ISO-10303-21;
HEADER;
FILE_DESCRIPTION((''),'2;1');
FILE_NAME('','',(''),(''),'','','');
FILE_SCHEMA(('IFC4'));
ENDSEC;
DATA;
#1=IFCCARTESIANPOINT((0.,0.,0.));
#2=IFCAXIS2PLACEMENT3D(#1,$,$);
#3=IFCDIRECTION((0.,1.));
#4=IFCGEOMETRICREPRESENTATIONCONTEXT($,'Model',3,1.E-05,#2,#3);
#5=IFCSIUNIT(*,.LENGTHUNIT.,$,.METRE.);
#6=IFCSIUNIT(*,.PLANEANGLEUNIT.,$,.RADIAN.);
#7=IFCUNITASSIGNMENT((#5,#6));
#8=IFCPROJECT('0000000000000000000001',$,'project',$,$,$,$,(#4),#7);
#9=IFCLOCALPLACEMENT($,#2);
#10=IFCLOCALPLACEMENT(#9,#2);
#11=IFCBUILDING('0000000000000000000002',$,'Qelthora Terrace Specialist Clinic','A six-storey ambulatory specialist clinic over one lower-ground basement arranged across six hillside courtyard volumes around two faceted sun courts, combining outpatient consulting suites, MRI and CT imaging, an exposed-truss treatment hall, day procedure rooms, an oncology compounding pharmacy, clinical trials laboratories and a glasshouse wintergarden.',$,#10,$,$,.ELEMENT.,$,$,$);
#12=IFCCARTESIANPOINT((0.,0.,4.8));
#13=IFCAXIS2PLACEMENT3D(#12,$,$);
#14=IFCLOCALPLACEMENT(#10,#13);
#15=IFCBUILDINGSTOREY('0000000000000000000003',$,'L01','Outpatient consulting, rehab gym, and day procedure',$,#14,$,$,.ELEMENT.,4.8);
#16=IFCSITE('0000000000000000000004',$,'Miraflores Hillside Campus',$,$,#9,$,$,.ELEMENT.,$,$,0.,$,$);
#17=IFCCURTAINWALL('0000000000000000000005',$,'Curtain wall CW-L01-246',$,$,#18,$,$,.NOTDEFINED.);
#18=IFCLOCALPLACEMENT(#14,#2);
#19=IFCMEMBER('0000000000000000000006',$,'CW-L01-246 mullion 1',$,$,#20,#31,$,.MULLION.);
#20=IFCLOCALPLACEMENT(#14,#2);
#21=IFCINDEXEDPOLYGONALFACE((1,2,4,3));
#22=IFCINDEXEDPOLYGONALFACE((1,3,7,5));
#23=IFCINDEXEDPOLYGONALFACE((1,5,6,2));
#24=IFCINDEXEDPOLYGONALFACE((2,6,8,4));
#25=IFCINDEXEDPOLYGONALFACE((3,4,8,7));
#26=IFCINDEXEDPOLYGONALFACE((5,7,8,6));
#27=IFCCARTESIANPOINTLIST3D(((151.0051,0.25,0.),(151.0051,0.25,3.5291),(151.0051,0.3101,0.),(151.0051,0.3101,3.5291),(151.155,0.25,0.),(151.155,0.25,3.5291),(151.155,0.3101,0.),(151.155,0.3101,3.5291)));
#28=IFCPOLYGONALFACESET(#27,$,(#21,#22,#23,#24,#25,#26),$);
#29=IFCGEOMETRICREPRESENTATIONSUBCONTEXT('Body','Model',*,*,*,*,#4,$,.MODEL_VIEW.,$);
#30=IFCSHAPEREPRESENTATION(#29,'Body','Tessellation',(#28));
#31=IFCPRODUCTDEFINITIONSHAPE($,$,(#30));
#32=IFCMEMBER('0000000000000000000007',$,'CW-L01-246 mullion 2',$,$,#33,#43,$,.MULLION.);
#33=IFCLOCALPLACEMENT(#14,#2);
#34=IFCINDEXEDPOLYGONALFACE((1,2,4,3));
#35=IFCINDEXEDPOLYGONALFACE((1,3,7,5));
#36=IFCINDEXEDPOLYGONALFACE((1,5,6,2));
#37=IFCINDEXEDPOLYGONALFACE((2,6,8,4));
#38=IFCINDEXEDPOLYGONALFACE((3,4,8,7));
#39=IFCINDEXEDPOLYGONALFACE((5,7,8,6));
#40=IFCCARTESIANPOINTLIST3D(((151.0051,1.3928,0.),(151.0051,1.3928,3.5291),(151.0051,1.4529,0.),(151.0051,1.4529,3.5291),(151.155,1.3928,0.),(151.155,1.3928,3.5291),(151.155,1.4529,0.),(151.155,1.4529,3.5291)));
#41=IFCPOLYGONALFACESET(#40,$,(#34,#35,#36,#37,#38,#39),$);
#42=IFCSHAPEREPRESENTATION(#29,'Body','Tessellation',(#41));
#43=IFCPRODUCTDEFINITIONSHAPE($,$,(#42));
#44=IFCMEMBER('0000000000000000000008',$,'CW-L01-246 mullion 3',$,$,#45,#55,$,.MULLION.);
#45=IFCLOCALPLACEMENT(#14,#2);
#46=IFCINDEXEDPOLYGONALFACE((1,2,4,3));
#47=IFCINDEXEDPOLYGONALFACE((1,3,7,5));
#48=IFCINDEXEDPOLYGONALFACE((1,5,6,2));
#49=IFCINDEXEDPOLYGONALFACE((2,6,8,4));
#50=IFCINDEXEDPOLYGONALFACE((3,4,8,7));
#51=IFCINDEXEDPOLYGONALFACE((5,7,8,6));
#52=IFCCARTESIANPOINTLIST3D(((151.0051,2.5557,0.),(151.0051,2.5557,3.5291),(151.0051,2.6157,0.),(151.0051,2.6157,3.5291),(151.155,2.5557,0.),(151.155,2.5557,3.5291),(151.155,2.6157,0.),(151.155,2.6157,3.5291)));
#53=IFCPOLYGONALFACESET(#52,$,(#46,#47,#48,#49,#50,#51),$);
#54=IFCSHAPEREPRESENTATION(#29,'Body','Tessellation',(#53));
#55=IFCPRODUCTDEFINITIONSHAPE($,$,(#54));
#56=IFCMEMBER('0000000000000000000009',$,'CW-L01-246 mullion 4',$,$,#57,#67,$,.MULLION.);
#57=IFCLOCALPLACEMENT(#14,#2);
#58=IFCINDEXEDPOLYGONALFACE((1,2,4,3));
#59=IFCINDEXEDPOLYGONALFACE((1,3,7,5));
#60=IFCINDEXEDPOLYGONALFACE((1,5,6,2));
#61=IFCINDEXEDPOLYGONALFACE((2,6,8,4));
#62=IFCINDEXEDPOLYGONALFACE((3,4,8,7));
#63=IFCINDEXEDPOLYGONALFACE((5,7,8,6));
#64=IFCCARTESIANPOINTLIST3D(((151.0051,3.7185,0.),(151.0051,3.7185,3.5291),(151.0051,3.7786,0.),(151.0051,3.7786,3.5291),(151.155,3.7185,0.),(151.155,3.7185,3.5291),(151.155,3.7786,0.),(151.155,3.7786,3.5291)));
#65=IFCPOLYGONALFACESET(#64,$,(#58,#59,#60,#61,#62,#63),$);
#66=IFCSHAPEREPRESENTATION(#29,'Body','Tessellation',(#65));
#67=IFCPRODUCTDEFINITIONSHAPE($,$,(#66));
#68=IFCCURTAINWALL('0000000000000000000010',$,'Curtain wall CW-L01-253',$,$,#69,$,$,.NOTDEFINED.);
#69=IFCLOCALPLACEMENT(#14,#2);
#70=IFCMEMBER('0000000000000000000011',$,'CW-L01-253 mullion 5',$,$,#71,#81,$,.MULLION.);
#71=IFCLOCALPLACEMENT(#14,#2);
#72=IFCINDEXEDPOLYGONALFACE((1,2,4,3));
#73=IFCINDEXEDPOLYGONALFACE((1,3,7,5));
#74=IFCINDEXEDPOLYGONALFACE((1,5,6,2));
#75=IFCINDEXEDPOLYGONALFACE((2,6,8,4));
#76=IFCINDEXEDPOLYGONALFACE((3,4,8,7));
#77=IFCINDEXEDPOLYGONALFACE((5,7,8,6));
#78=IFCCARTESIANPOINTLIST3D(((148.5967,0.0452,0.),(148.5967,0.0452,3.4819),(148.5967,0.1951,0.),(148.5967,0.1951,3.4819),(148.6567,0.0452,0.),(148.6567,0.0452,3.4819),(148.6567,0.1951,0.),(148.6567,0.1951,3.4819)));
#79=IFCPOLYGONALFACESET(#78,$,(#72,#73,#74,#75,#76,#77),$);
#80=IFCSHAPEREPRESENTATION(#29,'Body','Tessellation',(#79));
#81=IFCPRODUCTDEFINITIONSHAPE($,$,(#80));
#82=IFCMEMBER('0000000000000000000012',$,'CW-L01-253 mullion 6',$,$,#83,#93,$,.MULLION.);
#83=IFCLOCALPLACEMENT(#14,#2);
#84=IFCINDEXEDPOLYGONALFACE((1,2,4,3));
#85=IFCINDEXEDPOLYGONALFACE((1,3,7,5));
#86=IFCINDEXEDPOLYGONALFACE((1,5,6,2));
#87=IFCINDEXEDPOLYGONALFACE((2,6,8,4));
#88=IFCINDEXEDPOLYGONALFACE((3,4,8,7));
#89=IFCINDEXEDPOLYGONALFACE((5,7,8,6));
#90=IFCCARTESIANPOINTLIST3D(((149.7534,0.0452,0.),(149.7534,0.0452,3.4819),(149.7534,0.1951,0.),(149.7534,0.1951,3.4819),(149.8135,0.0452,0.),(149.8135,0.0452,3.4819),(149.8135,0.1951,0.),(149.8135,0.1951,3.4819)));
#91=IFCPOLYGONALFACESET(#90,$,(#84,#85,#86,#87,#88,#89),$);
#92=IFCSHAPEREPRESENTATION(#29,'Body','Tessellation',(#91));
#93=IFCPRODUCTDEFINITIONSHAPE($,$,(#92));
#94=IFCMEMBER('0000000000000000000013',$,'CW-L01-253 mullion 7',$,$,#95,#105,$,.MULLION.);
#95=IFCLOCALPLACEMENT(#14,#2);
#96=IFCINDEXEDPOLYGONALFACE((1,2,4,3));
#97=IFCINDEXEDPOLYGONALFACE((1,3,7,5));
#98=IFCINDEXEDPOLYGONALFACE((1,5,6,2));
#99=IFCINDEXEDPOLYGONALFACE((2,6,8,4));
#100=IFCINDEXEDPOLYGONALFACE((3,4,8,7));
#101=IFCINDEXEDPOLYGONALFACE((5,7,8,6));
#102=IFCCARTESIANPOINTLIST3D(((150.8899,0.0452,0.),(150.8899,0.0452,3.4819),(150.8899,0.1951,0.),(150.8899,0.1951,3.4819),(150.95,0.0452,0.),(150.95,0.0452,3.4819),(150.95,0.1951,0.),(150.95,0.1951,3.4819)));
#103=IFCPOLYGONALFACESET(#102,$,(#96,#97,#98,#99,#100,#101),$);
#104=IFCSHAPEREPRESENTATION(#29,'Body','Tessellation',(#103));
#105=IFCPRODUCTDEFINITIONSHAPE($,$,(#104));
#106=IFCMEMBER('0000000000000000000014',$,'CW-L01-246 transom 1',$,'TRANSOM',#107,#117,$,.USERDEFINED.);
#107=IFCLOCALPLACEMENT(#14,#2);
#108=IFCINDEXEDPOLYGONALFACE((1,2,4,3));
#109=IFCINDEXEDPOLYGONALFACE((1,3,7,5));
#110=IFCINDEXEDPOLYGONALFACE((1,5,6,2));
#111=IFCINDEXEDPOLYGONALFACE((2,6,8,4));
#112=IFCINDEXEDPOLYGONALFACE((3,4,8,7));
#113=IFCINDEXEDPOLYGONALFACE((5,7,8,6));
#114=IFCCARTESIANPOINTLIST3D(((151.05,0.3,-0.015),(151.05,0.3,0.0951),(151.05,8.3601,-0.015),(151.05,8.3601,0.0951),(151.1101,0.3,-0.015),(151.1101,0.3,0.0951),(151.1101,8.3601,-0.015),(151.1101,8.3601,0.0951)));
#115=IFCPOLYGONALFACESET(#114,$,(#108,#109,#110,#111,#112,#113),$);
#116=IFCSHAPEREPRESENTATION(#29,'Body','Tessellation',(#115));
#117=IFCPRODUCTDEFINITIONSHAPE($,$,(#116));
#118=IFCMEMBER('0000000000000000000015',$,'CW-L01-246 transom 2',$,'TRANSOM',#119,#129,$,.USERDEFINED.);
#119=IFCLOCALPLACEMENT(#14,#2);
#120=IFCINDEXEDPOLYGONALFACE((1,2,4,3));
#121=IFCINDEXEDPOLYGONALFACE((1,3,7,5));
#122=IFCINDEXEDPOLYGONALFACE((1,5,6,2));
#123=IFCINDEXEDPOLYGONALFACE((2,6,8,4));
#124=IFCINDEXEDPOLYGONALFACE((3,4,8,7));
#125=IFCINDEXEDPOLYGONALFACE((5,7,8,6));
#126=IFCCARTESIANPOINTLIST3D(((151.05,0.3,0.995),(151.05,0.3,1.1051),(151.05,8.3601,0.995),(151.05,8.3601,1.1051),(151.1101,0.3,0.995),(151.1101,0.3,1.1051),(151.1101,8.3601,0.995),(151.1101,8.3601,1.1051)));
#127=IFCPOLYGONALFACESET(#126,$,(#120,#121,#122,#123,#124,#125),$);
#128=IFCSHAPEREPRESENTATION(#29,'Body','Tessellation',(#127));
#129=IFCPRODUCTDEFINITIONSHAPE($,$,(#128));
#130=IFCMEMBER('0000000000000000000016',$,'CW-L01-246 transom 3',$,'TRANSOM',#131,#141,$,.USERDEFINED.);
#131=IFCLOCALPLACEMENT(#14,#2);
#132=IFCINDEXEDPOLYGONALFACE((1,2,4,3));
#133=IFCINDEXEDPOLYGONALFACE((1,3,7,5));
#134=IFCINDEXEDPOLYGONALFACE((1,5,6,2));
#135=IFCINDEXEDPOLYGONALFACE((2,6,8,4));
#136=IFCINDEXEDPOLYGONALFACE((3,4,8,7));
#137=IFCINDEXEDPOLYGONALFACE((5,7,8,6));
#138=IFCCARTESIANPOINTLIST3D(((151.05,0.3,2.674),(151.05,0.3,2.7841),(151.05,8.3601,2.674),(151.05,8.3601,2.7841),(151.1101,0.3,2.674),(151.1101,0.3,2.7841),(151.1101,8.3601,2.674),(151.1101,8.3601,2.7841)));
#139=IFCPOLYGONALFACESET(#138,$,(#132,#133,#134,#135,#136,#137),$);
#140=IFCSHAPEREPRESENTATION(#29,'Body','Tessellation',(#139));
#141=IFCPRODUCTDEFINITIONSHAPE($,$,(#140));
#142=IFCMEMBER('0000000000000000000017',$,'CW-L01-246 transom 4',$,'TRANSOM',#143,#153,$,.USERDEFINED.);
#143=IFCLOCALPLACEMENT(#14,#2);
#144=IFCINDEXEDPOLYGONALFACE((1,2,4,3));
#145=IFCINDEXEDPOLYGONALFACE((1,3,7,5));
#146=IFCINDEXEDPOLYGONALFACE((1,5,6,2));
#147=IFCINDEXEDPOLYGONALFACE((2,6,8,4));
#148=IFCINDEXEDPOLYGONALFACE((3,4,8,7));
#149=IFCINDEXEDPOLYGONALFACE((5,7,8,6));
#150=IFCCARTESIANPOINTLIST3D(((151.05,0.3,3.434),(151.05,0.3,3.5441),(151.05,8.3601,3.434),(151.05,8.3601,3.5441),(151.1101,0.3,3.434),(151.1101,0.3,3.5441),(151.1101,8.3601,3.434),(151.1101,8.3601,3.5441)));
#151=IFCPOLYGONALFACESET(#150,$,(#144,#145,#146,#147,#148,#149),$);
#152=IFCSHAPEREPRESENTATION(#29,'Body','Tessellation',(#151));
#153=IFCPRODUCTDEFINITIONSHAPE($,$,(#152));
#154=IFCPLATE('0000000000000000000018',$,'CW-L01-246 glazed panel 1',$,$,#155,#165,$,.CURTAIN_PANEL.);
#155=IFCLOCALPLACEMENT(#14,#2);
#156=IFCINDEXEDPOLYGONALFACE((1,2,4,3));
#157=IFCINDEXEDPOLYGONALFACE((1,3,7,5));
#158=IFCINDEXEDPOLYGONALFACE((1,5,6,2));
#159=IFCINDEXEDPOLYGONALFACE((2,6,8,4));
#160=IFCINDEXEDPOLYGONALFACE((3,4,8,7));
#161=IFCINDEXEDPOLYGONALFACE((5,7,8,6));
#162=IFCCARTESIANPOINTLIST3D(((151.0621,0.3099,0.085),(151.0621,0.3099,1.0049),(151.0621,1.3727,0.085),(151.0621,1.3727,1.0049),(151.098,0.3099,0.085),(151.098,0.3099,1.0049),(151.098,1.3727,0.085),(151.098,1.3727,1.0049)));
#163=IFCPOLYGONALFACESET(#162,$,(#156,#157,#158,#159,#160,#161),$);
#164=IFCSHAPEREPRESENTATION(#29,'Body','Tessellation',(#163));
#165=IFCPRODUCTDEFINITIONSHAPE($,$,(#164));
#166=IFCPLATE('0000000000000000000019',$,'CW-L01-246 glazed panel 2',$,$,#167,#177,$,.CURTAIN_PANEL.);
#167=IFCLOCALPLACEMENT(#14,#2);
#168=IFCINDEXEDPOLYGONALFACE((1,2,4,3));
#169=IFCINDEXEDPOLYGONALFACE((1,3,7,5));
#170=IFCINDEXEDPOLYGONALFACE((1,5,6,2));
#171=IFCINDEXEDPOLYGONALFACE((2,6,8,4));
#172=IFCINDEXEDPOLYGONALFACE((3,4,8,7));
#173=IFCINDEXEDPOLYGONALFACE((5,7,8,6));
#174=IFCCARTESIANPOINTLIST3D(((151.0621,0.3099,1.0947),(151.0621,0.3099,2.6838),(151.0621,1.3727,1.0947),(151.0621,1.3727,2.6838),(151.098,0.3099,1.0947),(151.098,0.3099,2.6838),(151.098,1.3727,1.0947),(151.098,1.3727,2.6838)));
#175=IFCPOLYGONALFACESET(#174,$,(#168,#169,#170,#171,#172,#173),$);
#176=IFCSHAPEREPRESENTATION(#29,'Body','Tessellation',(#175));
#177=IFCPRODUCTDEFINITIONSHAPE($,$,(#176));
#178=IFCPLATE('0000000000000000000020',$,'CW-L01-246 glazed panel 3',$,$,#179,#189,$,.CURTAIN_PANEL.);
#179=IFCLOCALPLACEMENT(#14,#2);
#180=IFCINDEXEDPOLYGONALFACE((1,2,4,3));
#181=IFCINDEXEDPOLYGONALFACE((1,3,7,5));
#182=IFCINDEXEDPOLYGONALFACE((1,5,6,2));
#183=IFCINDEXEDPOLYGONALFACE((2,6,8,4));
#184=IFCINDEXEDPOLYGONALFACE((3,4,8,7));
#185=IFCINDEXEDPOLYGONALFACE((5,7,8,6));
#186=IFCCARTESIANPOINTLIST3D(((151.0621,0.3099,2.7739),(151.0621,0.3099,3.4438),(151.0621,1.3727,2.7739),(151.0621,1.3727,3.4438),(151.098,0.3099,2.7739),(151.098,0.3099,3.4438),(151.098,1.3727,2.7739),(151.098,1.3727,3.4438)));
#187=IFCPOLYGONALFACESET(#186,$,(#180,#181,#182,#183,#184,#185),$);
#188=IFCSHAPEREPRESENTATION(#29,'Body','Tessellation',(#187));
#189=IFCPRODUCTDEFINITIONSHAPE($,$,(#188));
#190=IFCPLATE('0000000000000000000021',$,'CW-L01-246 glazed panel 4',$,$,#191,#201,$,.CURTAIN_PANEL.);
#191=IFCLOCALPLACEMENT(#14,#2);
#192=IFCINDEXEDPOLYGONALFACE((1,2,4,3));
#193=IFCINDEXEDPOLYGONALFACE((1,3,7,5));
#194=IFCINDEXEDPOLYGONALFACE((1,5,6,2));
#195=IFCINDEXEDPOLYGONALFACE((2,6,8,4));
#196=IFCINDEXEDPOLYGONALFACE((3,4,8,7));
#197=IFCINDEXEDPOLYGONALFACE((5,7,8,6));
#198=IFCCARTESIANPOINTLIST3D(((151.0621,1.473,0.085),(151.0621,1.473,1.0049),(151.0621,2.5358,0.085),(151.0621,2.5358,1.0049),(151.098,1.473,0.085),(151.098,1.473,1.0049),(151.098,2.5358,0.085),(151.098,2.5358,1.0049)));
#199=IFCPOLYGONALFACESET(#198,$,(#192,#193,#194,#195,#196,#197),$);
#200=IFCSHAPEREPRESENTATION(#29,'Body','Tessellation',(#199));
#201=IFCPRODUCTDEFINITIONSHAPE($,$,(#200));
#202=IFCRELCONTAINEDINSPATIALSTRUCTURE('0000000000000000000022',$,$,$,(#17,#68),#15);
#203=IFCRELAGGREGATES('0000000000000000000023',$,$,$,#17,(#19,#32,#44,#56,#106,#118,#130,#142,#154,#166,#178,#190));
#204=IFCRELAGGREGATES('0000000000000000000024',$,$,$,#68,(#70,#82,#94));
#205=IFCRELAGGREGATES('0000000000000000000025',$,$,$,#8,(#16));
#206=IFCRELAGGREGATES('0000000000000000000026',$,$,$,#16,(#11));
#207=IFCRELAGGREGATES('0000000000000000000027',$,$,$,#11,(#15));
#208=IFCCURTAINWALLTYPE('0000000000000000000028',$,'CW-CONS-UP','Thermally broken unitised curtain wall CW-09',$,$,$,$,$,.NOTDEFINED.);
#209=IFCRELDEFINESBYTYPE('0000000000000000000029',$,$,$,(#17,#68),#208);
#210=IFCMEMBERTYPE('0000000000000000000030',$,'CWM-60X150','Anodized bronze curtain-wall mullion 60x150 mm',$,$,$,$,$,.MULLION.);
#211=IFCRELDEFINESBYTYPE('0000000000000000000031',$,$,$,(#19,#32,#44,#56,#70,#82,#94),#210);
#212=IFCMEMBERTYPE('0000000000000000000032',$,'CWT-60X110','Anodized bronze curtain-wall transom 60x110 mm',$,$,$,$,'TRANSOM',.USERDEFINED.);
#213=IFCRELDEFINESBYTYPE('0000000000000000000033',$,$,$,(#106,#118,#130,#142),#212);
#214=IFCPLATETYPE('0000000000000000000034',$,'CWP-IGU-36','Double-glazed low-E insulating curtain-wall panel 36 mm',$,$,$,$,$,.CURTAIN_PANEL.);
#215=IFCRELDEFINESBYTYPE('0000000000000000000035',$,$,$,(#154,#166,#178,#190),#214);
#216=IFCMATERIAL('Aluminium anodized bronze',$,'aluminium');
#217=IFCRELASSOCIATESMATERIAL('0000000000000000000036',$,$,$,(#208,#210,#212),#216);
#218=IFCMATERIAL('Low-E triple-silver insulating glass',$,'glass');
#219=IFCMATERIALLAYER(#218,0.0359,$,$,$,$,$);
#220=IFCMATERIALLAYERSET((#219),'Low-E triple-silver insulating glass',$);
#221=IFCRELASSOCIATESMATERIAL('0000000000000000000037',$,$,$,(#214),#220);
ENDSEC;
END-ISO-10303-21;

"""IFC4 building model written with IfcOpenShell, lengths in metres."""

from ifc_helpers import new_model, si_unit, direction, frame, origin, origin_2d, place, context, subcontext, project, spatial, rectangle, extrude, material, layer, layer_set, material_profile, profile_set, type_object, element, aggregate, save


model = new_model("IFC4")

# Units and contexts
model_context = context("Model", 3, precision=1e-05, world=origin(), true_north=direction((0.0, 1.0)))
body_context = subcontext(model_context, "Body", "Model", "MODEL_VIEW")
ifc_project = project(units=[si_unit("LENGTHUNIT", "METRE"), si_unit("PLANEANGLEUNIT", "RADIAN")], contexts=[model_context])

# Site, building, storey
site_placement = place(None, origin())
site = spatial("IfcSite", under=ifc_project, at=site_placement, Name="Miraflores Hillside Campus", CompositionType="ELEMENT", RefElevation=0.0)
building_placement = place(site_placement, origin())
building = spatial("IfcBuilding", under=site, at=building_placement, Name="Qelthora Terrace Specialist Clinic", Description="A six-storey ambulatory specialist clinic over one lower-ground basement arranged across six hillside courtyard volumes around two faceted sun courts, combining outpatient consulting suites, MRI and CT imaging, an exposed-truss treatment hall, day procedure rooms, an oncology compounding pharmacy, clinical trials laboratories and a glasshouse wintergarden.", CompositionType="ELEMENT")
storey_placement = place(building_placement, frame((0.0, 0.0, 4.8)))
storey = spatial("IfcBuildingStorey", under=building, at=storey_placement, Name="L01", Description="Outpatient consulting, rehab gym, and day procedure", CompositionType="ELEMENT", Elevation=4.8)

# Curtain walls, members
ifc_material_1 = material(Name="Aluminium anodized bronze", Category="aluminium")
curtain_wall_type = type_object("IfcCurtainWallType", Name="CW-CONS-UP", Description="Thermally broken unitised curtain wall CW-09", PredefinedType="NOTDEFINED", material=ifc_material_1)
curtain_wall_1_placement = place(storey_placement, origin())
curtain_wall_1 = element("IfcCurtainWall", 1, at=curtain_wall_1_placement, inside=storey, type_object=curtain_wall_type, Name="Curtain wall CW-L01-246", PredefinedType="NOTDEFINED")
ifc_material_profile_1 = material_profile(ifc_material_1, rectangle(XDim=0.0601, YDim=0.1499, at=origin_2d()), Name="CWM60X150")
ifc_profile_set_1 = profile_set([ifc_material_profile_1], Name="Aluminium anodized bronze")
member_type_1 = type_object("IfcMemberType", Name="CWM-60X150", Description="Anodized bronze curtain-wall mullion 60x150 mm", PredefinedType="MULLION", material=ifc_profile_set_1)
member_1_placement = place(storey_placement, frame((151.0801, 0.28, 0.0), z_axis=(0.0, 0.0, 1.0), x_axis=(0.0, 1.0, 0.0)))
member_1 = element("IfcMember", 2, at=member_1_placement, type_object=member_type_1, Name="CW-L01-246 mullion 1", PredefinedType="MULLION", context=body_context, shape_type="SweptSolid", body=[
    extrude(rectangle(XDim=0.0601, YDim=0.1499, at=origin_2d()), origin(), (0.0, 0.0, 1.0), 3.5291),
])
member_2_placement = place(storey_placement, frame((151.0801, 1.4229, 0.0), z_axis=(0.0, 0.0, 1.0), x_axis=(0.0, 1.0, 0.0)))
member_2 = element("IfcMember", 3, at=member_2_placement, type_object=member_type_1, Name="CW-L01-246 mullion 2", PredefinedType="MULLION", context=body_context, shape_type="SweptSolid", body=[
    extrude(rectangle(XDim=0.0601, YDim=0.1499, at=origin_2d()), origin(), (0.0, 0.0, 1.0), 3.5291),
])
member_3_placement = place(storey_placement, frame((151.0801, 2.5857, 0.0), z_axis=(0.0, 0.0, 1.0), x_axis=(0.0, 1.0, 0.0)))
member_3 = element("IfcMember", 4, at=member_3_placement, type_object=member_type_1, Name="CW-L01-246 mullion 3", PredefinedType="MULLION", context=body_context, shape_type="SweptSolid", body=[
    extrude(rectangle(XDim=0.0601, YDim=0.1499, at=origin_2d()), origin(), (0.0, 0.0, 1.0), 3.5291),
])
member_4_placement = place(storey_placement, frame((151.0801, 3.7485, 0.0), z_axis=(0.0, 0.0, 1.0), x_axis=(0.0, 1.0, 0.0)))
member_4 = element("IfcMember", 5, at=member_4_placement, type_object=member_type_1, Name="CW-L01-246 mullion 4", PredefinedType="MULLION", context=body_context, shape_type="SweptSolid", body=[
    extrude(rectangle(XDim=0.0601, YDim=0.1499, at=origin_2d()), origin(), (0.0, 0.0, 1.0), 3.5291),
])
curtain_wall_2_placement = place(storey_placement, origin())
curtain_wall_2 = element("IfcCurtainWall", 6, at=curtain_wall_2_placement, inside=storey, type_object=curtain_wall_type, Name="Curtain wall CW-L01-253", PredefinedType="NOTDEFINED")
member_5_placement = place(storey_placement, frame((148.6267, 0.1201, 0.0), z_axis=(0.0, 0.0, 1.0), x_axis=(1.0, 0.0, 0.0)))
member_5 = element("IfcMember", 7, at=member_5_placement, type_object=member_type_1, Name="CW-L01-253 mullion 5", PredefinedType="MULLION", context=body_context, shape_type="SweptSolid", body=[
    extrude(rectangle(XDim=0.0601, YDim=0.1499, at=origin_2d()), origin(), (0.0, 0.0, 1.0), 3.4819),
])
member_6_placement = place(storey_placement, frame((149.7834, 0.1201, 0.0), z_axis=(0.0, 0.0, 1.0), x_axis=(1.0, 0.0, 0.0)))
member_6 = element("IfcMember", 8, at=member_6_placement, type_object=member_type_1, Name="CW-L01-253 mullion 6", PredefinedType="MULLION", context=body_context, shape_type="SweptSolid", body=[
    extrude(rectangle(XDim=0.0601, YDim=0.1499, at=origin_2d()), origin(), (0.0, 0.0, 1.0), 3.4819),
])
member_7_placement = place(storey_placement, frame((150.9199, 0.1201, 0.0), z_axis=(0.0, 0.0, 1.0), x_axis=(1.0, 0.0, 0.0)))
member_7 = element("IfcMember", 9, at=member_7_placement, type_object=member_type_1, Name="CW-L01-253 mullion 7", PredefinedType="MULLION", context=body_context, shape_type="SweptSolid", body=[
    extrude(rectangle(XDim=0.0601, YDim=0.1499, at=origin_2d()), origin(), (0.0, 0.0, 1.0), 3.4819),
])

# Members
ifc_material_profile_2 = material_profile(ifc_material_1, rectangle(XDim=0.0601, YDim=0.1101, at=origin_2d()), Name="CWT60X110")
ifc_profile_set_2 = profile_set([ifc_material_profile_2], Name="Aluminium anodized bronze")
member_type_2 = type_object("IfcMemberType", Name="CWT-60X110", Description="Anodized bronze curtain-wall transom 60x110 mm", ElementType="TRANSOM", PredefinedType="USERDEFINED", material=ifc_profile_set_2)
member_8_placement = place(storey_placement, frame((151.0801, 0.3, 0.04), z_axis=(0.0, 1.0, 0.0), x_axis=(-1.0, 0.0, 0.0)))
member_8 = element("IfcMember", 10, at=member_8_placement, type_object=member_type_2, Name="CW-L01-246 transom 1", ObjectType="TRANSOM", PredefinedType="USERDEFINED", context=body_context, shape_type="SweptSolid", body=[
    extrude(rectangle(XDim=0.0601, YDim=0.1101, at=origin_2d()), origin(), (0.0, 0.0, 1.0), 8.0601),
])
member_9_placement = place(storey_placement, frame((151.0801, 0.3, 1.05), z_axis=(0.0, 1.0, 0.0), x_axis=(-1.0, 0.0, 0.0)))
member_9 = element("IfcMember", 11, at=member_9_placement, type_object=member_type_2, Name="CW-L01-246 transom 2", ObjectType="TRANSOM", PredefinedType="USERDEFINED", context=body_context, shape_type="SweptSolid", body=[
    extrude(rectangle(XDim=0.0601, YDim=0.1101, at=origin_2d()), origin(), (0.0, 0.0, 1.0), 8.0601),
])
member_10_placement = place(storey_placement, frame((151.0801, 0.3, 2.729), z_axis=(0.0, 1.0, 0.0), x_axis=(-1.0, 0.0, 0.0)))
member_10 = element("IfcMember", 12, at=member_10_placement, type_object=member_type_2, Name="CW-L01-246 transom 3", ObjectType="TRANSOM", PredefinedType="USERDEFINED", context=body_context, shape_type="SweptSolid", body=[
    extrude(rectangle(XDim=0.0601, YDim=0.1101, at=origin_2d()), origin(), (0.0, 0.0, 1.0), 8.0601),
])
member_11_placement = place(storey_placement, frame((151.0801, 0.3, 3.489), z_axis=(0.0, 1.0, 0.0), x_axis=(-1.0, 0.0, 0.0)))
member_11 = element("IfcMember", 13, at=member_11_placement, type_object=member_type_2, Name="CW-L01-246 transom 4", ObjectType="TRANSOM", PredefinedType="USERDEFINED", context=body_context, shape_type="SweptSolid", body=[
    extrude(rectangle(XDim=0.0601, YDim=0.1101, at=origin_2d()), origin(), (0.0, 0.0, 1.0), 8.0601),
])

# Plates
ifc_material_2 = material(Name="Low-E triple-silver insulating glass", Category="glass")
ifc_layer = layer(ifc_material_2, 0.0359)
ifc_layer_set = layer_set([ifc_layer], Name="Low-E triple-silver insulating glass")
plate_type = type_object("IfcPlateType", Name="CWP-IGU-36", Description="Double-glazed low-E insulating curtain-wall panel 36 mm", PredefinedType="CURTAIN_PANEL", material=ifc_layer_set)
plate_1_placement = place(storey_placement, frame((151.0801, 0.8413, 0.085), z_axis=(0.0, 0.0, 1.0), x_axis=(0.0, 1.0, 0.0)))
plate_1 = element("IfcPlate", 14, at=plate_1_placement, type_object=plate_type, Name="CW-L01-246 glazed panel 1", PredefinedType="CURTAIN_PANEL", context=body_context, shape_type="SweptSolid", body=[
    extrude(rectangle(XDim=1.0627, YDim=0.0359, at=origin_2d()), origin(), (0.0, 0.0, 1.0), 0.9199),
])
plate_2_placement = place(storey_placement, frame((151.0801, 0.8413, 1.0947), z_axis=(0.0, 0.0, 1.0), x_axis=(0.0, 1.0, 0.0)))
plate_2 = element("IfcPlate", 15, at=plate_2_placement, type_object=plate_type, Name="CW-L01-246 glazed panel 2", PredefinedType="CURTAIN_PANEL", context=body_context, shape_type="SweptSolid", body=[
    extrude(rectangle(XDim=1.0627, YDim=0.0359, at=origin_2d()), origin(), (0.0, 0.0, 1.0), 1.5891),
])
plate_3_placement = place(storey_placement, frame((151.0801, 0.8413, 2.7739), z_axis=(0.0, 0.0, 1.0), x_axis=(0.0, 1.0, 0.0)))
plate_3 = element("IfcPlate", 16, at=plate_3_placement, type_object=plate_type, Name="CW-L01-246 glazed panel 3", PredefinedType="CURTAIN_PANEL", context=body_context, shape_type="SweptSolid", body=[
    extrude(rectangle(XDim=1.0627, YDim=0.0359, at=origin_2d()), origin(), (0.0, 0.0, 1.0), 0.6699),
])
plate_4_placement = place(storey_placement, frame((151.0801, 2.0044, 0.085), z_axis=(0.0, 0.0, 1.0), x_axis=(0.0, 1.0, 0.0)))
plate_4 = element("IfcPlate", 17, at=plate_4_placement, type_object=plate_type, Name="CW-L01-246 glazed panel 4", PredefinedType="CURTAIN_PANEL", context=body_context, shape_type="SweptSolid", body=[
    extrude(rectangle(XDim=1.0627, YDim=0.0359, at=origin_2d()), origin(), (0.0, 0.0, 1.0), 0.9199),
])
aggregate(curtain_wall_1, [member_1, member_2, member_3, member_4, member_8, member_9, member_10, member_11, plate_1, plate_2, plate_3, plate_4])
aggregate(curtain_wall_2, [member_5, member_6, member_7])

save(model, "model.ifc")
